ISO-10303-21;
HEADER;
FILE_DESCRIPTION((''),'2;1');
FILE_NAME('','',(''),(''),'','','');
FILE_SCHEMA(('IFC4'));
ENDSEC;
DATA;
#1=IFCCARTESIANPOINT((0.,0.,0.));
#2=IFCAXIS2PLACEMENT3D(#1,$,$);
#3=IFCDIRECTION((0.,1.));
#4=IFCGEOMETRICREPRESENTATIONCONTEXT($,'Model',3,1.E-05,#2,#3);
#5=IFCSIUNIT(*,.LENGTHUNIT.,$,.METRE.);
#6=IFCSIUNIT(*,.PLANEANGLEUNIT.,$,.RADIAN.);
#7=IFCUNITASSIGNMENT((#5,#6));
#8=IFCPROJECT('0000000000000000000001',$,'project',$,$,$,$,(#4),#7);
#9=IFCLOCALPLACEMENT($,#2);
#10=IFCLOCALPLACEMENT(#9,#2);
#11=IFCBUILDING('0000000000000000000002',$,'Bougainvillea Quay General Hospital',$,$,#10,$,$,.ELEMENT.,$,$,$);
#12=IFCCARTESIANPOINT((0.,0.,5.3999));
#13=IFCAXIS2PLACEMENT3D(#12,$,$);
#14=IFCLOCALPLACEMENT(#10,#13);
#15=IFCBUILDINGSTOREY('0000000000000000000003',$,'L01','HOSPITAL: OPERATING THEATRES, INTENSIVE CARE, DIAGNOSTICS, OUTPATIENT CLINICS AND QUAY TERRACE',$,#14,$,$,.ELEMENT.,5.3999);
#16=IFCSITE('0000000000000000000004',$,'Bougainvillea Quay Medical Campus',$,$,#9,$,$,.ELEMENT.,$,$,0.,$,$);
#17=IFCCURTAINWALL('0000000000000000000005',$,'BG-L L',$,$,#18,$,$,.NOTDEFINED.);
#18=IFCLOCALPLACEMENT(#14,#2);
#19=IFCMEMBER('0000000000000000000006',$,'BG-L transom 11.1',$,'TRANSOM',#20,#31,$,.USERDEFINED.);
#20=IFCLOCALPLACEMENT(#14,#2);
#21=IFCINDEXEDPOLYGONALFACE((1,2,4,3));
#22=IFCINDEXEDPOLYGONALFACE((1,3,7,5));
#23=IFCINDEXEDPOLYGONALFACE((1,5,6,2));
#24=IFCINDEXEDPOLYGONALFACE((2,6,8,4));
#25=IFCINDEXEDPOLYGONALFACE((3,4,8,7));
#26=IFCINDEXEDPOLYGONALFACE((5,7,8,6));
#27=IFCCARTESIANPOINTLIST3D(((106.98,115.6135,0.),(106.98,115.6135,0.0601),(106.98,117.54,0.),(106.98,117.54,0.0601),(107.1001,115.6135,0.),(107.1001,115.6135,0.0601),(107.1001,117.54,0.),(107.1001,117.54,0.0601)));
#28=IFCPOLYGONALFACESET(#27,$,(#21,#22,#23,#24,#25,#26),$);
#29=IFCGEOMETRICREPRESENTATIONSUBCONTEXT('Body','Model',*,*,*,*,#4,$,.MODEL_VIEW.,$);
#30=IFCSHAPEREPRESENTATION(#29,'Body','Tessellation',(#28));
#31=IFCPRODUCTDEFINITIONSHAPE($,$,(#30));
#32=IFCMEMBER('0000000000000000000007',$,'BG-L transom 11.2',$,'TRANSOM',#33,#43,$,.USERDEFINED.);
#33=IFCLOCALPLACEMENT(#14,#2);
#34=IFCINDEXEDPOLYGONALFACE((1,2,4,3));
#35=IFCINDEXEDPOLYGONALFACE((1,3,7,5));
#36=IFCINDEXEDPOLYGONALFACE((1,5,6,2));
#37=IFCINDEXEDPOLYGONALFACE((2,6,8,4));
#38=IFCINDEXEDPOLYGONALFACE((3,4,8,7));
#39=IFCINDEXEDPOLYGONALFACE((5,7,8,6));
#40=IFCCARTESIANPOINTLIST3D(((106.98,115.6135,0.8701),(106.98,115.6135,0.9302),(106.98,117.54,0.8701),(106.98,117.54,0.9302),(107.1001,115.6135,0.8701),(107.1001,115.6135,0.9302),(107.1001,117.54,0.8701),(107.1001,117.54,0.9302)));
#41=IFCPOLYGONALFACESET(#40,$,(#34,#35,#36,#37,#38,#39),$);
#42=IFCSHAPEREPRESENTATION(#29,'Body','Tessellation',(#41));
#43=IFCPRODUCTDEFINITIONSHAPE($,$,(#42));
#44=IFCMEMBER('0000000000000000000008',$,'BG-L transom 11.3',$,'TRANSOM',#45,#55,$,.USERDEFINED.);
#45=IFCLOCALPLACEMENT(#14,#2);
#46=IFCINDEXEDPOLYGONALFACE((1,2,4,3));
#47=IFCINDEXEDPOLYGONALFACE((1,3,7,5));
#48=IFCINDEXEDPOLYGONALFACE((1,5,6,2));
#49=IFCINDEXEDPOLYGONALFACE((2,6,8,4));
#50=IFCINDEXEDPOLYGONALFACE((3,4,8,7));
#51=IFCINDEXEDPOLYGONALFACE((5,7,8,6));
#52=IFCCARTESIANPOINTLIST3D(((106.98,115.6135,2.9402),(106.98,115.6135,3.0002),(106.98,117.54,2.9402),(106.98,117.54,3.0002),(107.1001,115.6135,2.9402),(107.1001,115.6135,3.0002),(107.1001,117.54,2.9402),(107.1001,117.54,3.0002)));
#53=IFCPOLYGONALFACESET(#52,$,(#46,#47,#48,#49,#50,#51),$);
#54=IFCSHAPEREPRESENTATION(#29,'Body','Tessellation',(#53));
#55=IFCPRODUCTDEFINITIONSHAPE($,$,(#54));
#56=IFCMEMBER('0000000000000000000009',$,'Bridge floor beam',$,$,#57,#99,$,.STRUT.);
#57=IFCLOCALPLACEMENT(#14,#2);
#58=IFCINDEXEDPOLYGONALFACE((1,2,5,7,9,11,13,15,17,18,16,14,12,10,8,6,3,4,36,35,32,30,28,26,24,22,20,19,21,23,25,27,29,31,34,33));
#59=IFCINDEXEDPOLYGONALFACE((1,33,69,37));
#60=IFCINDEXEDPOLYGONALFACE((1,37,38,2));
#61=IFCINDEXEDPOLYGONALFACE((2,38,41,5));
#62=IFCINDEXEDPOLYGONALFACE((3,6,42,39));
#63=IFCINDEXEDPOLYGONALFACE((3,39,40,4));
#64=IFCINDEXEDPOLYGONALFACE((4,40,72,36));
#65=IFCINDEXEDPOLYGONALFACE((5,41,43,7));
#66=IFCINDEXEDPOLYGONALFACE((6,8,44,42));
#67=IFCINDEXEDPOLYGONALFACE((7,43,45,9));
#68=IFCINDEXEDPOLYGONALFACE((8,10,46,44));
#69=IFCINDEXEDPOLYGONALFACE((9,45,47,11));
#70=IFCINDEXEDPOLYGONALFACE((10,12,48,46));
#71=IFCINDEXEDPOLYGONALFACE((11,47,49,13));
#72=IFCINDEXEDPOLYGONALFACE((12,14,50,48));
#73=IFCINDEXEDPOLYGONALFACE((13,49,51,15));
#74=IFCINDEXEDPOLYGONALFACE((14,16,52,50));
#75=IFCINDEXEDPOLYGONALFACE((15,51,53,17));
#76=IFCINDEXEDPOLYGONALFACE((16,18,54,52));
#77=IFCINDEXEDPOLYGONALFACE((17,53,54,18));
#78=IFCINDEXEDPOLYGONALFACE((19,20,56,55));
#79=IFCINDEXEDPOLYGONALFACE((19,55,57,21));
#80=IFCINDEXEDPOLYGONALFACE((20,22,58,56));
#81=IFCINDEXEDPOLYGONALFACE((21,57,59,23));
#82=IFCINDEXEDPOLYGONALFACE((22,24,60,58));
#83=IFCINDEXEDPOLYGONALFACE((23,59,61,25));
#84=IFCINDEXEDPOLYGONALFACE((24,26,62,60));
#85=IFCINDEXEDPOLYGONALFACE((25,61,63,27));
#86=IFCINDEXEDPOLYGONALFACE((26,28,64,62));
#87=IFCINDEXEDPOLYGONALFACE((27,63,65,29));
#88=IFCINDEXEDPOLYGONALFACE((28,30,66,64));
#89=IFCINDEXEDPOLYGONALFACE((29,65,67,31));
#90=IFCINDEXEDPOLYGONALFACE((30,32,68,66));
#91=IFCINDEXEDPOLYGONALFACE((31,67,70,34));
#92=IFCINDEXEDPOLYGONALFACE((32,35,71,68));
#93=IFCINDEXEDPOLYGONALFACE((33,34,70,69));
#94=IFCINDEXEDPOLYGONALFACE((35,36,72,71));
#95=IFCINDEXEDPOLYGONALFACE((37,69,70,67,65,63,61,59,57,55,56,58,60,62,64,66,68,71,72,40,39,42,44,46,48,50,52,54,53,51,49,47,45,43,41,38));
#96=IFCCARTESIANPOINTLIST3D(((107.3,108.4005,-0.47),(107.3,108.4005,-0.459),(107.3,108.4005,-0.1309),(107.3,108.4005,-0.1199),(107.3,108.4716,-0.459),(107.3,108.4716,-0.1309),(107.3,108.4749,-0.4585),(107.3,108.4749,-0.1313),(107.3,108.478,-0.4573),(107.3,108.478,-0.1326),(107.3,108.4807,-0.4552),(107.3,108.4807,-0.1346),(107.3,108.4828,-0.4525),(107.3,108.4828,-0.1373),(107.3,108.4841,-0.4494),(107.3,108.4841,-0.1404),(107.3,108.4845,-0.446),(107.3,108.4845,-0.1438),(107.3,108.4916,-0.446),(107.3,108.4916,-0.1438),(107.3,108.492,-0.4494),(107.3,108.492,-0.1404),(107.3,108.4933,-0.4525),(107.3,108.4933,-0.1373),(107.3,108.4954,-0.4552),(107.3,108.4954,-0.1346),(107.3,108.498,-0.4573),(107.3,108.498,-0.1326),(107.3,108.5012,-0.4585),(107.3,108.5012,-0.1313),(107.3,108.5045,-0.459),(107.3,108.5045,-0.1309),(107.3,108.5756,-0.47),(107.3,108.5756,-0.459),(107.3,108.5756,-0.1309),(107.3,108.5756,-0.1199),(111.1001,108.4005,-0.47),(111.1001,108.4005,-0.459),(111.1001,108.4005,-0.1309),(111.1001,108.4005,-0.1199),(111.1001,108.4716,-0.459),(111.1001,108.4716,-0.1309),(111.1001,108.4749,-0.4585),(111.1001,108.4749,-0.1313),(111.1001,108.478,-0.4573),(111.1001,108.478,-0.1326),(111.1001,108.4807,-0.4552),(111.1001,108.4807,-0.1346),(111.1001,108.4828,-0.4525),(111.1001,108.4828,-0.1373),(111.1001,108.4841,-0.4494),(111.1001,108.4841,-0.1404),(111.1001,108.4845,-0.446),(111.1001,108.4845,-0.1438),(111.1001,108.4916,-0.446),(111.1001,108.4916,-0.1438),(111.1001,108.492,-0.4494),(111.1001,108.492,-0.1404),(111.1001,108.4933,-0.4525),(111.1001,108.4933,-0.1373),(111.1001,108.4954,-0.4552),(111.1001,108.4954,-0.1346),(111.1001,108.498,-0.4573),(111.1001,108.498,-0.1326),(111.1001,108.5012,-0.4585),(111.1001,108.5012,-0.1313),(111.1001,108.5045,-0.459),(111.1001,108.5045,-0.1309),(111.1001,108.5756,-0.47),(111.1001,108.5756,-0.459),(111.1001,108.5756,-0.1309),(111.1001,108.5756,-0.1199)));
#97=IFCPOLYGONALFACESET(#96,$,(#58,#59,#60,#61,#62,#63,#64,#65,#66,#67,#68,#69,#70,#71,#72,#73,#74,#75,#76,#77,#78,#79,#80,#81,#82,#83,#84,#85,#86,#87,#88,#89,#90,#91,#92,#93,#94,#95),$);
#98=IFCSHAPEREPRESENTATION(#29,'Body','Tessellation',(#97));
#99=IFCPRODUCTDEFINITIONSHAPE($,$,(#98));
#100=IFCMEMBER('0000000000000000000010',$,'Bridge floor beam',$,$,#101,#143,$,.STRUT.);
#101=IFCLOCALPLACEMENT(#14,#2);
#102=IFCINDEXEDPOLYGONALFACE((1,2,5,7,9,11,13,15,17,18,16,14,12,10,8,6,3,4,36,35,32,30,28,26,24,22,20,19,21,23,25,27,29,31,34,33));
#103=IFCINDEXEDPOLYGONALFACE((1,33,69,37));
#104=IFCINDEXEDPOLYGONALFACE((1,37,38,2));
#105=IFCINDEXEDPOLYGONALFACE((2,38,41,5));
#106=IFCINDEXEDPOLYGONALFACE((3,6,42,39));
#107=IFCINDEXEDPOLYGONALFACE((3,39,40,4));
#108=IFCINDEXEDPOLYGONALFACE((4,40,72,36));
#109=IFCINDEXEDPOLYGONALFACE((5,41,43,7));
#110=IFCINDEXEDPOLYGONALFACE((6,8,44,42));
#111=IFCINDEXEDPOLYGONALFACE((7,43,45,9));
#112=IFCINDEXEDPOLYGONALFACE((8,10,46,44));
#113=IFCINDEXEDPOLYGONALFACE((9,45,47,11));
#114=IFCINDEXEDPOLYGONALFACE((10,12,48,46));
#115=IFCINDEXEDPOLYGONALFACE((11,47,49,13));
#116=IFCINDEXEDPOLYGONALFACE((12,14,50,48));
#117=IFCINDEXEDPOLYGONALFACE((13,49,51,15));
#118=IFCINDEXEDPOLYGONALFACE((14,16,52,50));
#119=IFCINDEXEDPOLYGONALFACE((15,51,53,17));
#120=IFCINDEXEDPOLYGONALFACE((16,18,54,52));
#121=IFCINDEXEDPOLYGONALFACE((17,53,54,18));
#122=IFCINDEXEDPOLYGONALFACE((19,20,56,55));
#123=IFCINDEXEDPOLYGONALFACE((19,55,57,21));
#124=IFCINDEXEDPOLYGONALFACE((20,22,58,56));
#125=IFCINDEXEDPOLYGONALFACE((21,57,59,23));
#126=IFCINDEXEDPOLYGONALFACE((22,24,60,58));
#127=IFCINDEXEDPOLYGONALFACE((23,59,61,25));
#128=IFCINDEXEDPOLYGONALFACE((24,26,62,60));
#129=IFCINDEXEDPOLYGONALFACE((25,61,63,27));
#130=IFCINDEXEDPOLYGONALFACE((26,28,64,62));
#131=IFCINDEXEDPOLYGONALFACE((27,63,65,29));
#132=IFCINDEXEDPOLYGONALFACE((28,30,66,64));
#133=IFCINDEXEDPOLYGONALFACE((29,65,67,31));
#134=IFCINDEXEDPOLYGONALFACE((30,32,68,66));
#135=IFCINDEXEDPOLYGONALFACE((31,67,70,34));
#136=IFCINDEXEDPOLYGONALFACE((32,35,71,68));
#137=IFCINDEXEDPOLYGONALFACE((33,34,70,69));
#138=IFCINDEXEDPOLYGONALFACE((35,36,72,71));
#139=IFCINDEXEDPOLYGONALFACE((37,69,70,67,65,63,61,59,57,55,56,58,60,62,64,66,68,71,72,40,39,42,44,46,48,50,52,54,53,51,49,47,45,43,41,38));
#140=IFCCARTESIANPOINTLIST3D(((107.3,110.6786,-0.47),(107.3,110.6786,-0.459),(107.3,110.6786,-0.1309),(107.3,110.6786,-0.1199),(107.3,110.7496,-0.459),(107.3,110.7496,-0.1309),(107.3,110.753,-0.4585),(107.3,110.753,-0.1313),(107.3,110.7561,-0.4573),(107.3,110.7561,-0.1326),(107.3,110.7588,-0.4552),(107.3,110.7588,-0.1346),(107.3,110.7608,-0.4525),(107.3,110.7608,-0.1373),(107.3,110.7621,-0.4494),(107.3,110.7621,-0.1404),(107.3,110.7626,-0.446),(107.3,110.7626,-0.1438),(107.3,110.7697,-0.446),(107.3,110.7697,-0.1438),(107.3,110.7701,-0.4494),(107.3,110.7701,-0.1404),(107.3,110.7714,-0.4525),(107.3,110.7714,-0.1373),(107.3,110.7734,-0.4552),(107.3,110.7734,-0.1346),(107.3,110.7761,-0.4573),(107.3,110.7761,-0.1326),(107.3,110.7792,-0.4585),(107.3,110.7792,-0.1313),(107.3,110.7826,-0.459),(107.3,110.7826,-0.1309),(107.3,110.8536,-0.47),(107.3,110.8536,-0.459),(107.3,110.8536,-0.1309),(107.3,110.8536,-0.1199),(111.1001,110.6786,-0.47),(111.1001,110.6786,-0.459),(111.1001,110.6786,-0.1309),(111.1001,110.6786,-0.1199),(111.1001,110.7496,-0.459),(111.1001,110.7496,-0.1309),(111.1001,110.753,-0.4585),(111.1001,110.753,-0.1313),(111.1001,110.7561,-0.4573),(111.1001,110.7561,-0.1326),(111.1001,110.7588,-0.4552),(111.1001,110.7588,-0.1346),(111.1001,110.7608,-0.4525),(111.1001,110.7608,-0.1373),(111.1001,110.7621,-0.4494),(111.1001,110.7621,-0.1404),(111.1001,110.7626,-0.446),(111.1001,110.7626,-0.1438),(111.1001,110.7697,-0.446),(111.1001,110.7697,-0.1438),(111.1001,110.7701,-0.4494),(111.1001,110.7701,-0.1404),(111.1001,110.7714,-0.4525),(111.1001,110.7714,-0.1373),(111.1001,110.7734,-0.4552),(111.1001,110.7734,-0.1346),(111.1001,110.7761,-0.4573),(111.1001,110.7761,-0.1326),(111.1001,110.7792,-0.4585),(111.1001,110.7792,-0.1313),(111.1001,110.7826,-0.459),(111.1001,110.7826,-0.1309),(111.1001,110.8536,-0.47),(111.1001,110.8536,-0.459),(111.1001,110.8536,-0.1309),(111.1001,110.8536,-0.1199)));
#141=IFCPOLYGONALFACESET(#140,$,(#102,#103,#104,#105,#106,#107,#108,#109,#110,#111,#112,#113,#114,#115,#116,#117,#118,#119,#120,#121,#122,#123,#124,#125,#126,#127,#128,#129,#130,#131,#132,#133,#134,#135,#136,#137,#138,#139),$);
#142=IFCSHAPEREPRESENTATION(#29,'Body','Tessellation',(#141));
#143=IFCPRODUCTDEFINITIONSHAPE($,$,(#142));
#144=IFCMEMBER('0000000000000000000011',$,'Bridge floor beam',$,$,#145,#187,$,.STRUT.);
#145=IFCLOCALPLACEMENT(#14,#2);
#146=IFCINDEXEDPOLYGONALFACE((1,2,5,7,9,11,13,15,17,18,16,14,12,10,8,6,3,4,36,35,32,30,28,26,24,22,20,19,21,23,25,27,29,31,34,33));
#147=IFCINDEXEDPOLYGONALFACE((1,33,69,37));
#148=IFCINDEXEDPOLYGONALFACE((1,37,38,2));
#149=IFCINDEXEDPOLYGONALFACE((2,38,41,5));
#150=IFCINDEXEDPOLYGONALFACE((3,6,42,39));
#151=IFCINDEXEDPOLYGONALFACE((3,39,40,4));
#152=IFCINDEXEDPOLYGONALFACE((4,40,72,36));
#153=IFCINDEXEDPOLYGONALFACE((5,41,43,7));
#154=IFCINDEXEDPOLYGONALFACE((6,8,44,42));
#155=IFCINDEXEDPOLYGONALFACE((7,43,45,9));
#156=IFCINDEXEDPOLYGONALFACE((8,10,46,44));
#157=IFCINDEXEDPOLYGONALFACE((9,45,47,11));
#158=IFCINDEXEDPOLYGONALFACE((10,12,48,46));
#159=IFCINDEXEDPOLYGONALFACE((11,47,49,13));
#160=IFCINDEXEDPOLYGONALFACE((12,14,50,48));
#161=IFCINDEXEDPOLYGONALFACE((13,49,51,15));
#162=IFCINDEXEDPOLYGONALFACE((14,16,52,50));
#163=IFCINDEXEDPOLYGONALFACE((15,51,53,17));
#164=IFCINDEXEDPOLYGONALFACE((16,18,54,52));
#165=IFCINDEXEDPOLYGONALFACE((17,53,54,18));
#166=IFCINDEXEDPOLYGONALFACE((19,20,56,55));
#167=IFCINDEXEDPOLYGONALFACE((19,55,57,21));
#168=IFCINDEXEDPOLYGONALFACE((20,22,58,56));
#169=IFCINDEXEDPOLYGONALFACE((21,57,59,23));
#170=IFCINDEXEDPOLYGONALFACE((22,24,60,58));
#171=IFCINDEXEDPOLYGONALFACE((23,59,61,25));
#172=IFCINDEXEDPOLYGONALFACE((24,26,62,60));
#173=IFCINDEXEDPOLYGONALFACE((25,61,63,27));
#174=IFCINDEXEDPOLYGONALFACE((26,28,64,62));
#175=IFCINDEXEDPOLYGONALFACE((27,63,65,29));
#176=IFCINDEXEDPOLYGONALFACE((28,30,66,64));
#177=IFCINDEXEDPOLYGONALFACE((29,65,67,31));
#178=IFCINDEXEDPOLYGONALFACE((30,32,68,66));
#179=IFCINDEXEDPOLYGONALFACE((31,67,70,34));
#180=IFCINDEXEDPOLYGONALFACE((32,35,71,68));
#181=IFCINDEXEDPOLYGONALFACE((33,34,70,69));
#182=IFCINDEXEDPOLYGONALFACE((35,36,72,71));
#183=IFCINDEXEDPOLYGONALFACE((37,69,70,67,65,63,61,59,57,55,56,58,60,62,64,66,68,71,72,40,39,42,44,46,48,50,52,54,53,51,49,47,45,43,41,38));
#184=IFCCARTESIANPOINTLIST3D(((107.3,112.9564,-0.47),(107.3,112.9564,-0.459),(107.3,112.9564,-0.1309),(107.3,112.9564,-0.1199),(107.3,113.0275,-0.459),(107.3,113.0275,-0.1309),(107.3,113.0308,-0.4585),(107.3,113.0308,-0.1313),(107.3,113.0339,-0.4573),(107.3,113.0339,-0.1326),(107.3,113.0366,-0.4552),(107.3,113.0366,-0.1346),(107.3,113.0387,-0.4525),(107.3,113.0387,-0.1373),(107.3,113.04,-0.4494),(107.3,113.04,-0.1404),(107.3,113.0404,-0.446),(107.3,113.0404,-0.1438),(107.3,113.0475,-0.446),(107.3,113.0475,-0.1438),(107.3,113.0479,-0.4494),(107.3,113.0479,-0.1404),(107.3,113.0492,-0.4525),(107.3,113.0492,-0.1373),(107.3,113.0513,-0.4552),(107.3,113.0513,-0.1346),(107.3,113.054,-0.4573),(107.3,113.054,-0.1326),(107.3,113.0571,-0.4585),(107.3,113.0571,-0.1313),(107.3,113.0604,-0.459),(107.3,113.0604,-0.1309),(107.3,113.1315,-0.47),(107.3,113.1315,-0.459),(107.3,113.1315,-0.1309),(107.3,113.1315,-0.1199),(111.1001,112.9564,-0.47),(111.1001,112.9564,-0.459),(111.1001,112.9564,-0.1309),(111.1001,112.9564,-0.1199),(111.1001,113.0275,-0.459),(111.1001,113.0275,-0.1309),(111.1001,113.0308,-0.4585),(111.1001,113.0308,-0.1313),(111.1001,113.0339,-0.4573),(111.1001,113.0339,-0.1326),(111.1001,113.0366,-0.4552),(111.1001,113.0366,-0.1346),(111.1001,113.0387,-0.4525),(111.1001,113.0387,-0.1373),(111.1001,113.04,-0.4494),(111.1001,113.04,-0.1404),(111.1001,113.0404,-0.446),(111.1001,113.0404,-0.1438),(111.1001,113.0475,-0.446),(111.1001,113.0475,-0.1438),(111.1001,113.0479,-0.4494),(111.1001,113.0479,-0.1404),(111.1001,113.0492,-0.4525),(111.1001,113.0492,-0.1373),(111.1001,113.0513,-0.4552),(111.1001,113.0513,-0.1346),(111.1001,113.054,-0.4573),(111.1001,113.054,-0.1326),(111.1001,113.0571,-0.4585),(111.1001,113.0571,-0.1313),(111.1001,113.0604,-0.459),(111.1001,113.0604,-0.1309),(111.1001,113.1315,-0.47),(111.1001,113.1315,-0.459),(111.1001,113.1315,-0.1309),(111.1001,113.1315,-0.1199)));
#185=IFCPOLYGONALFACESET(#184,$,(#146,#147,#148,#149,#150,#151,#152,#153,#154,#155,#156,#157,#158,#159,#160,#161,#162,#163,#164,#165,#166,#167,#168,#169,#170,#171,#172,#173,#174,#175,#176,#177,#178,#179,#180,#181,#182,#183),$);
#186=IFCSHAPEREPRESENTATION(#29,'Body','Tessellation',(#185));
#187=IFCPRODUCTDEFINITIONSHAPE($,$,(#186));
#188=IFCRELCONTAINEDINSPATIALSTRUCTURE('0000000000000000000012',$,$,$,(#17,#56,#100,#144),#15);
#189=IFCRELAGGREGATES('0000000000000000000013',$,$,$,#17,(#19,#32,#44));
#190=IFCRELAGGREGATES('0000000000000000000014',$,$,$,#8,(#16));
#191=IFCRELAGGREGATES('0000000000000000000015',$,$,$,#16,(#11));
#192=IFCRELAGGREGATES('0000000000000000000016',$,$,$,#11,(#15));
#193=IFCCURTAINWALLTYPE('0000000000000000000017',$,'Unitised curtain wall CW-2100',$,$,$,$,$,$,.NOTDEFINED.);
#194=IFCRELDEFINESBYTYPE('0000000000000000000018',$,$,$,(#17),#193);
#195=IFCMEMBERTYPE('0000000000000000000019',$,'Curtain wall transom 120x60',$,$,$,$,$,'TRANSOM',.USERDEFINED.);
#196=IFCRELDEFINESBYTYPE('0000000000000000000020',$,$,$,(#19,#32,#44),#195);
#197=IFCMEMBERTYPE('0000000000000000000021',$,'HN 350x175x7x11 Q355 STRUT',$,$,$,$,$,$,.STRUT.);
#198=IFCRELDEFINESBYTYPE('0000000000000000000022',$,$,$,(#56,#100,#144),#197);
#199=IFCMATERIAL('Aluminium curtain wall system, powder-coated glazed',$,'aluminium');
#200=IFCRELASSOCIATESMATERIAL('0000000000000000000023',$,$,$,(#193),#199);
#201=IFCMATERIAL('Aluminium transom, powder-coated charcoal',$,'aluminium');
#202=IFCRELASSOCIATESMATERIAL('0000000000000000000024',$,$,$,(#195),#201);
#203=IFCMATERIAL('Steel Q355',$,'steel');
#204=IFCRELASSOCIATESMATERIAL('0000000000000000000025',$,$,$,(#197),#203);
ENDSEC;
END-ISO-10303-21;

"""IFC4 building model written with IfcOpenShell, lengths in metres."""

from ifc_helpers import new_model, si_unit, direction, frame, origin, origin_2d, place, context, subcontext, project, spatial, rectangle, i_section, extrude, material, material_profile, profile_set, type_object, element, aggregate, save


model = new_model("IFC4")

# Units and contexts
model_context = context("Model", 3, precision=1e-05, world=origin(), true_north=direction((0.0, 1.0)))
body_context = subcontext(model_context, "Body", "Model", "MODEL_VIEW")
ifc_project = project(units=[si_unit("LENGTHUNIT", "METRE"), si_unit("PLANEANGLEUNIT", "RADIAN")], contexts=[model_context])

# Site, building, storey
site_placement = place(None, origin())
site = spatial("IfcSite", under=ifc_project, at=site_placement, Name="Bougainvillea Quay Medical Campus", CompositionType="ELEMENT", RefElevation=0.0)
building_placement = place(site_placement, origin())
building = spatial("IfcBuilding", under=site, at=building_placement, Name="Bougainvillea Quay General Hospital", CompositionType="ELEMENT")
storey_placement = place(building_placement, frame((0.0, 0.0, 5.3999)))
storey = spatial("IfcBuildingStorey", under=building, at=storey_placement, Name="L01", Description="HOSPITAL: OPERATING THEATRES, INTENSIVE CARE, DIAGNOSTICS, OUTPATIENT CLINICS AND QUAY TERRACE", CompositionType="ELEMENT", Elevation=5.3999)

# Curtain wall, members
ifc_material_1 = material(Name="Aluminium curtain wall system, powder-coated glazed", Category="aluminium")
curtain_wall_type = type_object("IfcCurtainWallType", Name="Unitised curtain wall CW-2100", PredefinedType="NOTDEFINED", material=ifc_material_1)
curtain_wall_placement = place(storey_placement, origin())
curtain_wall = element("IfcCurtainWall", 1, at=curtain_wall_placement, inside=storey, type_object=curtain_wall_type, Name="BG-L L", PredefinedType="NOTDEFINED")
ifc_material_2 = material(Name="Aluminium transom, powder-coated charcoal", Category="aluminium")
ifc_material_profile_1 = material_profile(ifc_material_2, rectangle(XDim=0.1201, YDim=0.0601, at=origin_2d()))
ifc_profile_set_1 = profile_set([ifc_material_profile_1], Name="Aluminium transom, powder-coated charcoal")
member_type_1 = type_object("IfcMemberType", Name="Curtain wall transom 120x60", ElementType="TRANSOM", PredefinedType="USERDEFINED", material=ifc_profile_set_1)
member_1_placement = place(storey_placement, frame((107.04, 115.6135, 0.03), z_axis=(0.0, 1.0, 0.0), x_axis=(-1.0, 0.0, 0.0)))
member_1 = element("IfcMember", 2, at=member_1_placement, type_object=member_type_1, Name="BG-L transom 11.1", ObjectType="TRANSOM", PredefinedType="USERDEFINED", context=body_context, shape_type="SweptSolid", body=[
    extrude(rectangle(XDim=0.1201, YDim=0.0601, at=origin_2d()), origin(), (0.0, 0.0, 1.0), 1.9265),
])
member_2_placement = place(storey_placement, frame((107.04, 115.6135, 0.9001), z_axis=(0.0, 1.0, 0.0), x_axis=(-1.0, 0.0, 0.0)))
member_2 = element("IfcMember", 3, at=member_2_placement, type_object=member_type_1, Name="BG-L transom 11.2", ObjectType="TRANSOM", PredefinedType="USERDEFINED", context=body_context, shape_type="SweptSolid", body=[
    extrude(rectangle(XDim=0.1201, YDim=0.0601, at=origin_2d()), origin(), (0.0, 0.0, 1.0), 1.9265),
])
member_3_placement = place(storey_placement, frame((107.04, 115.6135, 2.9702), z_axis=(0.0, 1.0, 0.0), x_axis=(-1.0, 0.0, 0.0)))
member_3 = element("IfcMember", 4, at=member_3_placement, type_object=member_type_1, Name="BG-L transom 11.3", ObjectType="TRANSOM", PredefinedType="USERDEFINED", context=body_context, shape_type="SweptSolid", body=[
    extrude(rectangle(XDim=0.1201, YDim=0.0601, at=origin_2d()), origin(), (0.0, 0.0, 1.0), 1.9265),
])

# Members
ifc_material_3 = material(Name="Steel Q355", Category="steel")
ifc_material_profile_2 = material_profile(ifc_material_3, i_section(OverallWidth=0.175, OverallDepth=0.3501, WebThickness=0.0071, FlangeThickness=0.011, FilletRadius=0.0129, at=origin_2d()))
ifc_profile_set_2 = profile_set([ifc_material_profile_2], Name="Steel Q355")
member_type_2 = type_object("IfcMemberType", Name="HN 350x175x7x11 Q355 STRUT", PredefinedType="STRUT", material=ifc_profile_set_2)
for number, where, z_axis, x_axis, name in (
    (5, (107.3, 108.488, -0.2949), (1.0, 0.0, 0.0), (0.0, 1.0, 0.0), "Bridge floor beam"),
    (6, (107.3, 110.7661, -0.2949), (1.0, 0.0, 0.0), (0.0, 1.0, 0.0), "Bridge floor beam"),
    (7, (107.3, 113.0439, -0.2949), (1.0, 0.0, 0.0), (0.0, 1.0, 0.0), "Bridge floor beam"),
):
    element("IfcMember", number, at=place(storey_placement, frame(where, z_axis=z_axis, x_axis=x_axis)), inside=storey, type_object=member_type_2, Name=name, PredefinedType="STRUT", context=body_context, shape_type="SweptSolid", body=[
        extrude(i_section(OverallWidth=0.175, OverallDepth=0.3501, WebThickness=0.0071, FlangeThickness=0.011, FilletRadius=0.0129, at=origin_2d()), origin(), (0.0, 0.0, 1.0), 3.8),
    ])

aggregate(curtain_wall, [member_1, member_2, member_3])

save(model, "model.ifc")
